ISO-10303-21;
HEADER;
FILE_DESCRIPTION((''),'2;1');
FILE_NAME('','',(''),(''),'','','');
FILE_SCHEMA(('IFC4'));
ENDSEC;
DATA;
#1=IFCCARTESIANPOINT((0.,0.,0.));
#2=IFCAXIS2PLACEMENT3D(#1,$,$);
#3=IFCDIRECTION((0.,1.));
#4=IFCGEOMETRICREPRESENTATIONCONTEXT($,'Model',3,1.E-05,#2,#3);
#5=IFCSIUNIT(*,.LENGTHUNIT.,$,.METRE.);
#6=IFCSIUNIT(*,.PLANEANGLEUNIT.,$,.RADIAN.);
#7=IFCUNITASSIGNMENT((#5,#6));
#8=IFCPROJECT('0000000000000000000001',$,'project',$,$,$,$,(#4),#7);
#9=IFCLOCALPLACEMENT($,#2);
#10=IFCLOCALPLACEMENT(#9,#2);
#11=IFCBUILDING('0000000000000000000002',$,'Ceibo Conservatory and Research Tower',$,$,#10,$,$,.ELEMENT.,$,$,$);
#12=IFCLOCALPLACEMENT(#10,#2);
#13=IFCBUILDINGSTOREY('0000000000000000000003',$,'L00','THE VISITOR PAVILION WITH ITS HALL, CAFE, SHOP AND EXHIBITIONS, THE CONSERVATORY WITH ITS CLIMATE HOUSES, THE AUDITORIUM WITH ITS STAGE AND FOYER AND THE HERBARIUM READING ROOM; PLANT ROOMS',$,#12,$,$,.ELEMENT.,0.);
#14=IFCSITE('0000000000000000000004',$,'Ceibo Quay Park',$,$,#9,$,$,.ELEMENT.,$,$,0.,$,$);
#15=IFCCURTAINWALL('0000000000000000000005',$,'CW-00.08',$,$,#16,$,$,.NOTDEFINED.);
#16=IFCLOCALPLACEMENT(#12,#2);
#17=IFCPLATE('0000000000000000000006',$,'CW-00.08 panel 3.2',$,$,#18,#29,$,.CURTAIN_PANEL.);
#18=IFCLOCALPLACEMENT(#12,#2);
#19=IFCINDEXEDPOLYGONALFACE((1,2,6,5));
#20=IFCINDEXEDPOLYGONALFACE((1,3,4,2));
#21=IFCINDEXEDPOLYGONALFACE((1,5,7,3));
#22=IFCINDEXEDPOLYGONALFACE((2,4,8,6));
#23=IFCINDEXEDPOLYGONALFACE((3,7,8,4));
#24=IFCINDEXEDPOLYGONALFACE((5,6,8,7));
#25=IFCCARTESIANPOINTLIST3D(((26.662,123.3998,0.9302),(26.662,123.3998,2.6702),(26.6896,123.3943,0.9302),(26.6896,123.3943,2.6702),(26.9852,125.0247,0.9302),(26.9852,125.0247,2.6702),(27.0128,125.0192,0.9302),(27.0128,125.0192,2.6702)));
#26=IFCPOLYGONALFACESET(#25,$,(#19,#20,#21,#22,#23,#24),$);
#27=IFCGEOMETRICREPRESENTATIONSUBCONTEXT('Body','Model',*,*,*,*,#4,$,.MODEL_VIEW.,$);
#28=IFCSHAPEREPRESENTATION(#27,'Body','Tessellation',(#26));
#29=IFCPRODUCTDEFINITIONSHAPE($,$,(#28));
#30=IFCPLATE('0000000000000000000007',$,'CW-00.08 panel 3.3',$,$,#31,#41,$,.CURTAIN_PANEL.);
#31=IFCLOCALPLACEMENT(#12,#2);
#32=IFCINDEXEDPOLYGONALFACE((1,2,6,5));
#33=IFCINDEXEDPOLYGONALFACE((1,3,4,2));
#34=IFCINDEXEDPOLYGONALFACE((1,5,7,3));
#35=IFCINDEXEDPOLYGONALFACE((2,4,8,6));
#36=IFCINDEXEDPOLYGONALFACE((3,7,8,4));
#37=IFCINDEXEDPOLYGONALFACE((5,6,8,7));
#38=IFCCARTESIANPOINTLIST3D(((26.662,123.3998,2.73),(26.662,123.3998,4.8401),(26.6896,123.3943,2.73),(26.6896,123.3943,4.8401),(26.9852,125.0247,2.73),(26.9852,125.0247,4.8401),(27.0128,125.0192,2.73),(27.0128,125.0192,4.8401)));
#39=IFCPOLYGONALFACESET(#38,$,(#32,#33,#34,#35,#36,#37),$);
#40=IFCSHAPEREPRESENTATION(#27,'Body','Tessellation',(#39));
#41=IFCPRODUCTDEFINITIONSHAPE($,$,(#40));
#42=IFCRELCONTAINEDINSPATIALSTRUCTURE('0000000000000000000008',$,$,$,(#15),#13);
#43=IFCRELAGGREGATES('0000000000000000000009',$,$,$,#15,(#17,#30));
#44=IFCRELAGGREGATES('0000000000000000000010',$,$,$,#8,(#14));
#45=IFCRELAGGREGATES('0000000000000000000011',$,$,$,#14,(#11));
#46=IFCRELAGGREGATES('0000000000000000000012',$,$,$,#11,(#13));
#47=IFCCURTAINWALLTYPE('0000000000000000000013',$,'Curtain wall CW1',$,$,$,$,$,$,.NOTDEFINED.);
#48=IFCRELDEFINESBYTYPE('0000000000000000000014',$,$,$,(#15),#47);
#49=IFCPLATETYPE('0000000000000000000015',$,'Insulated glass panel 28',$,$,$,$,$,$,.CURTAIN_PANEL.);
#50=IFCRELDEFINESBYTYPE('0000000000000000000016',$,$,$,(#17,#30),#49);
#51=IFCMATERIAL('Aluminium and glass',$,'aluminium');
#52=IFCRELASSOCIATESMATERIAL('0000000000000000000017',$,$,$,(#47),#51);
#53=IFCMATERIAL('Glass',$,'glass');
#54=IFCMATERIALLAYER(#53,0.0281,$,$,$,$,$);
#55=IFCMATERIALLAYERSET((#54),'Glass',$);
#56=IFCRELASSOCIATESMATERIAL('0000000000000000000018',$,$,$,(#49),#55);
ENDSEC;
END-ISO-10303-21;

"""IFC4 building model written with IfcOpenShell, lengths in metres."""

from ifc_helpers import new_model, si_unit, direction, frame, origin, origin_2d, place, context, subcontext, project, spatial, rectangle, extrude, material, layer, layer_set, type_object, element, aggregate, save


model = new_model("IFC4")

# Units and contexts
model_context = context("Model", 3, precision=1e-05, world=origin(), true_north=direction((0.0, 1.0)))
body_context = subcontext(model_context, "Body", "Model", "MODEL_VIEW")
ifc_project = project(units=[si_unit("LENGTHUNIT", "METRE"), si_unit("PLANEANGLEUNIT", "RADIAN")], contexts=[model_context])

# Site, building, storey
site_placement = place(None, origin())
site = spatial("IfcSite", under=ifc_project, at=site_placement, Name="Ceibo Quay Park", CompositionType="ELEMENT", RefElevation=0.0)
building_placement = place(site_placement, origin())
building = spatial("IfcBuilding", under=site, at=building_placement, Name="Ceibo Conservatory and Research Tower", CompositionType="ELEMENT")
storey_placement = place(building_placement, origin())
storey = spatial("IfcBuildingStorey", under=building, at=storey_placement, Name="L00", Description="THE VISITOR PAVILION WITH ITS HALL, CAFE, SHOP AND EXHIBITIONS, THE CONSERVATORY WITH ITS CLIMATE HOUSES, THE AUDITORIUM WITH ITS STAGE AND FOYER AND THE HERBARIUM READING ROOM; PLANT ROOMS", CompositionType="ELEMENT", Elevation=0.0)

# Curtain wall
ifc_material_1 = material(Name="Aluminium and glass", Category="aluminium")
curtain_wall_type = type_object("IfcCurtainWallType", Name="Curtain wall CW1", PredefinedType="NOTDEFINED", material=ifc_material_1)
curtain_wall_1_placement = place(storey_placement, origin())
curtain_wall_1 = element("IfcCurtainWall", 1, at=curtain_wall_1_placement, inside=storey, type_object=curtain_wall_type, Name="CW-00.08", PredefinedType="NOTDEFINED")

# Plates
ifc_material_2 = material(Name="Glass", Category="glass")
ifc_layer = layer(ifc_material_2, 0.0281)
ifc_layer_set = layer_set([ifc_layer], Name="Glass")
plate_type = type_object("IfcPlateType", Name="Insulated glass panel 28", PredefinedType="CURTAIN_PANEL", material=ifc_layer_set)
plate_1_placement = place(storey_placement, frame((26.8374, 124.2095, 0.9302), z_axis=(0.0, 0.0, 1.0), x_axis=(-0.19509, -0.980785, 0.0)))
plate_1 = element("IfcPlate", 2, at=plate_1_placement, type_object=plate_type, Name="CW-00.08 panel 3.2", PredefinedType="CURTAIN_PANEL", context=body_context, shape_type="SweptSolid", body=[
    extrude(rectangle(XDim=1.6567, YDim=0.0281, at=origin_2d()), origin(), (0.0, 0.0, 1.0), 1.74),
])
plate_2_placement = place(storey_placement, frame((26.8374, 124.2095, 2.73), z_axis=(0.0, 0.0, 1.0), x_axis=(-0.19509, -0.980785, 0.0)))
plate_2 = element("IfcPlate", 3, at=plate_2_placement, type_object=plate_type, Name="CW-00.08 panel 3.3", PredefinedType="CURTAIN_PANEL", context=body_context, shape_type="SweptSolid", body=[
    extrude(rectangle(XDim=1.6567, YDim=0.0281, at=origin_2d()), origin(), (0.0, 0.0, 1.0), 2.1101),
])
aggregate(curtain_wall_1, [plate_1, plate_2])

save(model, "model.ifc")
